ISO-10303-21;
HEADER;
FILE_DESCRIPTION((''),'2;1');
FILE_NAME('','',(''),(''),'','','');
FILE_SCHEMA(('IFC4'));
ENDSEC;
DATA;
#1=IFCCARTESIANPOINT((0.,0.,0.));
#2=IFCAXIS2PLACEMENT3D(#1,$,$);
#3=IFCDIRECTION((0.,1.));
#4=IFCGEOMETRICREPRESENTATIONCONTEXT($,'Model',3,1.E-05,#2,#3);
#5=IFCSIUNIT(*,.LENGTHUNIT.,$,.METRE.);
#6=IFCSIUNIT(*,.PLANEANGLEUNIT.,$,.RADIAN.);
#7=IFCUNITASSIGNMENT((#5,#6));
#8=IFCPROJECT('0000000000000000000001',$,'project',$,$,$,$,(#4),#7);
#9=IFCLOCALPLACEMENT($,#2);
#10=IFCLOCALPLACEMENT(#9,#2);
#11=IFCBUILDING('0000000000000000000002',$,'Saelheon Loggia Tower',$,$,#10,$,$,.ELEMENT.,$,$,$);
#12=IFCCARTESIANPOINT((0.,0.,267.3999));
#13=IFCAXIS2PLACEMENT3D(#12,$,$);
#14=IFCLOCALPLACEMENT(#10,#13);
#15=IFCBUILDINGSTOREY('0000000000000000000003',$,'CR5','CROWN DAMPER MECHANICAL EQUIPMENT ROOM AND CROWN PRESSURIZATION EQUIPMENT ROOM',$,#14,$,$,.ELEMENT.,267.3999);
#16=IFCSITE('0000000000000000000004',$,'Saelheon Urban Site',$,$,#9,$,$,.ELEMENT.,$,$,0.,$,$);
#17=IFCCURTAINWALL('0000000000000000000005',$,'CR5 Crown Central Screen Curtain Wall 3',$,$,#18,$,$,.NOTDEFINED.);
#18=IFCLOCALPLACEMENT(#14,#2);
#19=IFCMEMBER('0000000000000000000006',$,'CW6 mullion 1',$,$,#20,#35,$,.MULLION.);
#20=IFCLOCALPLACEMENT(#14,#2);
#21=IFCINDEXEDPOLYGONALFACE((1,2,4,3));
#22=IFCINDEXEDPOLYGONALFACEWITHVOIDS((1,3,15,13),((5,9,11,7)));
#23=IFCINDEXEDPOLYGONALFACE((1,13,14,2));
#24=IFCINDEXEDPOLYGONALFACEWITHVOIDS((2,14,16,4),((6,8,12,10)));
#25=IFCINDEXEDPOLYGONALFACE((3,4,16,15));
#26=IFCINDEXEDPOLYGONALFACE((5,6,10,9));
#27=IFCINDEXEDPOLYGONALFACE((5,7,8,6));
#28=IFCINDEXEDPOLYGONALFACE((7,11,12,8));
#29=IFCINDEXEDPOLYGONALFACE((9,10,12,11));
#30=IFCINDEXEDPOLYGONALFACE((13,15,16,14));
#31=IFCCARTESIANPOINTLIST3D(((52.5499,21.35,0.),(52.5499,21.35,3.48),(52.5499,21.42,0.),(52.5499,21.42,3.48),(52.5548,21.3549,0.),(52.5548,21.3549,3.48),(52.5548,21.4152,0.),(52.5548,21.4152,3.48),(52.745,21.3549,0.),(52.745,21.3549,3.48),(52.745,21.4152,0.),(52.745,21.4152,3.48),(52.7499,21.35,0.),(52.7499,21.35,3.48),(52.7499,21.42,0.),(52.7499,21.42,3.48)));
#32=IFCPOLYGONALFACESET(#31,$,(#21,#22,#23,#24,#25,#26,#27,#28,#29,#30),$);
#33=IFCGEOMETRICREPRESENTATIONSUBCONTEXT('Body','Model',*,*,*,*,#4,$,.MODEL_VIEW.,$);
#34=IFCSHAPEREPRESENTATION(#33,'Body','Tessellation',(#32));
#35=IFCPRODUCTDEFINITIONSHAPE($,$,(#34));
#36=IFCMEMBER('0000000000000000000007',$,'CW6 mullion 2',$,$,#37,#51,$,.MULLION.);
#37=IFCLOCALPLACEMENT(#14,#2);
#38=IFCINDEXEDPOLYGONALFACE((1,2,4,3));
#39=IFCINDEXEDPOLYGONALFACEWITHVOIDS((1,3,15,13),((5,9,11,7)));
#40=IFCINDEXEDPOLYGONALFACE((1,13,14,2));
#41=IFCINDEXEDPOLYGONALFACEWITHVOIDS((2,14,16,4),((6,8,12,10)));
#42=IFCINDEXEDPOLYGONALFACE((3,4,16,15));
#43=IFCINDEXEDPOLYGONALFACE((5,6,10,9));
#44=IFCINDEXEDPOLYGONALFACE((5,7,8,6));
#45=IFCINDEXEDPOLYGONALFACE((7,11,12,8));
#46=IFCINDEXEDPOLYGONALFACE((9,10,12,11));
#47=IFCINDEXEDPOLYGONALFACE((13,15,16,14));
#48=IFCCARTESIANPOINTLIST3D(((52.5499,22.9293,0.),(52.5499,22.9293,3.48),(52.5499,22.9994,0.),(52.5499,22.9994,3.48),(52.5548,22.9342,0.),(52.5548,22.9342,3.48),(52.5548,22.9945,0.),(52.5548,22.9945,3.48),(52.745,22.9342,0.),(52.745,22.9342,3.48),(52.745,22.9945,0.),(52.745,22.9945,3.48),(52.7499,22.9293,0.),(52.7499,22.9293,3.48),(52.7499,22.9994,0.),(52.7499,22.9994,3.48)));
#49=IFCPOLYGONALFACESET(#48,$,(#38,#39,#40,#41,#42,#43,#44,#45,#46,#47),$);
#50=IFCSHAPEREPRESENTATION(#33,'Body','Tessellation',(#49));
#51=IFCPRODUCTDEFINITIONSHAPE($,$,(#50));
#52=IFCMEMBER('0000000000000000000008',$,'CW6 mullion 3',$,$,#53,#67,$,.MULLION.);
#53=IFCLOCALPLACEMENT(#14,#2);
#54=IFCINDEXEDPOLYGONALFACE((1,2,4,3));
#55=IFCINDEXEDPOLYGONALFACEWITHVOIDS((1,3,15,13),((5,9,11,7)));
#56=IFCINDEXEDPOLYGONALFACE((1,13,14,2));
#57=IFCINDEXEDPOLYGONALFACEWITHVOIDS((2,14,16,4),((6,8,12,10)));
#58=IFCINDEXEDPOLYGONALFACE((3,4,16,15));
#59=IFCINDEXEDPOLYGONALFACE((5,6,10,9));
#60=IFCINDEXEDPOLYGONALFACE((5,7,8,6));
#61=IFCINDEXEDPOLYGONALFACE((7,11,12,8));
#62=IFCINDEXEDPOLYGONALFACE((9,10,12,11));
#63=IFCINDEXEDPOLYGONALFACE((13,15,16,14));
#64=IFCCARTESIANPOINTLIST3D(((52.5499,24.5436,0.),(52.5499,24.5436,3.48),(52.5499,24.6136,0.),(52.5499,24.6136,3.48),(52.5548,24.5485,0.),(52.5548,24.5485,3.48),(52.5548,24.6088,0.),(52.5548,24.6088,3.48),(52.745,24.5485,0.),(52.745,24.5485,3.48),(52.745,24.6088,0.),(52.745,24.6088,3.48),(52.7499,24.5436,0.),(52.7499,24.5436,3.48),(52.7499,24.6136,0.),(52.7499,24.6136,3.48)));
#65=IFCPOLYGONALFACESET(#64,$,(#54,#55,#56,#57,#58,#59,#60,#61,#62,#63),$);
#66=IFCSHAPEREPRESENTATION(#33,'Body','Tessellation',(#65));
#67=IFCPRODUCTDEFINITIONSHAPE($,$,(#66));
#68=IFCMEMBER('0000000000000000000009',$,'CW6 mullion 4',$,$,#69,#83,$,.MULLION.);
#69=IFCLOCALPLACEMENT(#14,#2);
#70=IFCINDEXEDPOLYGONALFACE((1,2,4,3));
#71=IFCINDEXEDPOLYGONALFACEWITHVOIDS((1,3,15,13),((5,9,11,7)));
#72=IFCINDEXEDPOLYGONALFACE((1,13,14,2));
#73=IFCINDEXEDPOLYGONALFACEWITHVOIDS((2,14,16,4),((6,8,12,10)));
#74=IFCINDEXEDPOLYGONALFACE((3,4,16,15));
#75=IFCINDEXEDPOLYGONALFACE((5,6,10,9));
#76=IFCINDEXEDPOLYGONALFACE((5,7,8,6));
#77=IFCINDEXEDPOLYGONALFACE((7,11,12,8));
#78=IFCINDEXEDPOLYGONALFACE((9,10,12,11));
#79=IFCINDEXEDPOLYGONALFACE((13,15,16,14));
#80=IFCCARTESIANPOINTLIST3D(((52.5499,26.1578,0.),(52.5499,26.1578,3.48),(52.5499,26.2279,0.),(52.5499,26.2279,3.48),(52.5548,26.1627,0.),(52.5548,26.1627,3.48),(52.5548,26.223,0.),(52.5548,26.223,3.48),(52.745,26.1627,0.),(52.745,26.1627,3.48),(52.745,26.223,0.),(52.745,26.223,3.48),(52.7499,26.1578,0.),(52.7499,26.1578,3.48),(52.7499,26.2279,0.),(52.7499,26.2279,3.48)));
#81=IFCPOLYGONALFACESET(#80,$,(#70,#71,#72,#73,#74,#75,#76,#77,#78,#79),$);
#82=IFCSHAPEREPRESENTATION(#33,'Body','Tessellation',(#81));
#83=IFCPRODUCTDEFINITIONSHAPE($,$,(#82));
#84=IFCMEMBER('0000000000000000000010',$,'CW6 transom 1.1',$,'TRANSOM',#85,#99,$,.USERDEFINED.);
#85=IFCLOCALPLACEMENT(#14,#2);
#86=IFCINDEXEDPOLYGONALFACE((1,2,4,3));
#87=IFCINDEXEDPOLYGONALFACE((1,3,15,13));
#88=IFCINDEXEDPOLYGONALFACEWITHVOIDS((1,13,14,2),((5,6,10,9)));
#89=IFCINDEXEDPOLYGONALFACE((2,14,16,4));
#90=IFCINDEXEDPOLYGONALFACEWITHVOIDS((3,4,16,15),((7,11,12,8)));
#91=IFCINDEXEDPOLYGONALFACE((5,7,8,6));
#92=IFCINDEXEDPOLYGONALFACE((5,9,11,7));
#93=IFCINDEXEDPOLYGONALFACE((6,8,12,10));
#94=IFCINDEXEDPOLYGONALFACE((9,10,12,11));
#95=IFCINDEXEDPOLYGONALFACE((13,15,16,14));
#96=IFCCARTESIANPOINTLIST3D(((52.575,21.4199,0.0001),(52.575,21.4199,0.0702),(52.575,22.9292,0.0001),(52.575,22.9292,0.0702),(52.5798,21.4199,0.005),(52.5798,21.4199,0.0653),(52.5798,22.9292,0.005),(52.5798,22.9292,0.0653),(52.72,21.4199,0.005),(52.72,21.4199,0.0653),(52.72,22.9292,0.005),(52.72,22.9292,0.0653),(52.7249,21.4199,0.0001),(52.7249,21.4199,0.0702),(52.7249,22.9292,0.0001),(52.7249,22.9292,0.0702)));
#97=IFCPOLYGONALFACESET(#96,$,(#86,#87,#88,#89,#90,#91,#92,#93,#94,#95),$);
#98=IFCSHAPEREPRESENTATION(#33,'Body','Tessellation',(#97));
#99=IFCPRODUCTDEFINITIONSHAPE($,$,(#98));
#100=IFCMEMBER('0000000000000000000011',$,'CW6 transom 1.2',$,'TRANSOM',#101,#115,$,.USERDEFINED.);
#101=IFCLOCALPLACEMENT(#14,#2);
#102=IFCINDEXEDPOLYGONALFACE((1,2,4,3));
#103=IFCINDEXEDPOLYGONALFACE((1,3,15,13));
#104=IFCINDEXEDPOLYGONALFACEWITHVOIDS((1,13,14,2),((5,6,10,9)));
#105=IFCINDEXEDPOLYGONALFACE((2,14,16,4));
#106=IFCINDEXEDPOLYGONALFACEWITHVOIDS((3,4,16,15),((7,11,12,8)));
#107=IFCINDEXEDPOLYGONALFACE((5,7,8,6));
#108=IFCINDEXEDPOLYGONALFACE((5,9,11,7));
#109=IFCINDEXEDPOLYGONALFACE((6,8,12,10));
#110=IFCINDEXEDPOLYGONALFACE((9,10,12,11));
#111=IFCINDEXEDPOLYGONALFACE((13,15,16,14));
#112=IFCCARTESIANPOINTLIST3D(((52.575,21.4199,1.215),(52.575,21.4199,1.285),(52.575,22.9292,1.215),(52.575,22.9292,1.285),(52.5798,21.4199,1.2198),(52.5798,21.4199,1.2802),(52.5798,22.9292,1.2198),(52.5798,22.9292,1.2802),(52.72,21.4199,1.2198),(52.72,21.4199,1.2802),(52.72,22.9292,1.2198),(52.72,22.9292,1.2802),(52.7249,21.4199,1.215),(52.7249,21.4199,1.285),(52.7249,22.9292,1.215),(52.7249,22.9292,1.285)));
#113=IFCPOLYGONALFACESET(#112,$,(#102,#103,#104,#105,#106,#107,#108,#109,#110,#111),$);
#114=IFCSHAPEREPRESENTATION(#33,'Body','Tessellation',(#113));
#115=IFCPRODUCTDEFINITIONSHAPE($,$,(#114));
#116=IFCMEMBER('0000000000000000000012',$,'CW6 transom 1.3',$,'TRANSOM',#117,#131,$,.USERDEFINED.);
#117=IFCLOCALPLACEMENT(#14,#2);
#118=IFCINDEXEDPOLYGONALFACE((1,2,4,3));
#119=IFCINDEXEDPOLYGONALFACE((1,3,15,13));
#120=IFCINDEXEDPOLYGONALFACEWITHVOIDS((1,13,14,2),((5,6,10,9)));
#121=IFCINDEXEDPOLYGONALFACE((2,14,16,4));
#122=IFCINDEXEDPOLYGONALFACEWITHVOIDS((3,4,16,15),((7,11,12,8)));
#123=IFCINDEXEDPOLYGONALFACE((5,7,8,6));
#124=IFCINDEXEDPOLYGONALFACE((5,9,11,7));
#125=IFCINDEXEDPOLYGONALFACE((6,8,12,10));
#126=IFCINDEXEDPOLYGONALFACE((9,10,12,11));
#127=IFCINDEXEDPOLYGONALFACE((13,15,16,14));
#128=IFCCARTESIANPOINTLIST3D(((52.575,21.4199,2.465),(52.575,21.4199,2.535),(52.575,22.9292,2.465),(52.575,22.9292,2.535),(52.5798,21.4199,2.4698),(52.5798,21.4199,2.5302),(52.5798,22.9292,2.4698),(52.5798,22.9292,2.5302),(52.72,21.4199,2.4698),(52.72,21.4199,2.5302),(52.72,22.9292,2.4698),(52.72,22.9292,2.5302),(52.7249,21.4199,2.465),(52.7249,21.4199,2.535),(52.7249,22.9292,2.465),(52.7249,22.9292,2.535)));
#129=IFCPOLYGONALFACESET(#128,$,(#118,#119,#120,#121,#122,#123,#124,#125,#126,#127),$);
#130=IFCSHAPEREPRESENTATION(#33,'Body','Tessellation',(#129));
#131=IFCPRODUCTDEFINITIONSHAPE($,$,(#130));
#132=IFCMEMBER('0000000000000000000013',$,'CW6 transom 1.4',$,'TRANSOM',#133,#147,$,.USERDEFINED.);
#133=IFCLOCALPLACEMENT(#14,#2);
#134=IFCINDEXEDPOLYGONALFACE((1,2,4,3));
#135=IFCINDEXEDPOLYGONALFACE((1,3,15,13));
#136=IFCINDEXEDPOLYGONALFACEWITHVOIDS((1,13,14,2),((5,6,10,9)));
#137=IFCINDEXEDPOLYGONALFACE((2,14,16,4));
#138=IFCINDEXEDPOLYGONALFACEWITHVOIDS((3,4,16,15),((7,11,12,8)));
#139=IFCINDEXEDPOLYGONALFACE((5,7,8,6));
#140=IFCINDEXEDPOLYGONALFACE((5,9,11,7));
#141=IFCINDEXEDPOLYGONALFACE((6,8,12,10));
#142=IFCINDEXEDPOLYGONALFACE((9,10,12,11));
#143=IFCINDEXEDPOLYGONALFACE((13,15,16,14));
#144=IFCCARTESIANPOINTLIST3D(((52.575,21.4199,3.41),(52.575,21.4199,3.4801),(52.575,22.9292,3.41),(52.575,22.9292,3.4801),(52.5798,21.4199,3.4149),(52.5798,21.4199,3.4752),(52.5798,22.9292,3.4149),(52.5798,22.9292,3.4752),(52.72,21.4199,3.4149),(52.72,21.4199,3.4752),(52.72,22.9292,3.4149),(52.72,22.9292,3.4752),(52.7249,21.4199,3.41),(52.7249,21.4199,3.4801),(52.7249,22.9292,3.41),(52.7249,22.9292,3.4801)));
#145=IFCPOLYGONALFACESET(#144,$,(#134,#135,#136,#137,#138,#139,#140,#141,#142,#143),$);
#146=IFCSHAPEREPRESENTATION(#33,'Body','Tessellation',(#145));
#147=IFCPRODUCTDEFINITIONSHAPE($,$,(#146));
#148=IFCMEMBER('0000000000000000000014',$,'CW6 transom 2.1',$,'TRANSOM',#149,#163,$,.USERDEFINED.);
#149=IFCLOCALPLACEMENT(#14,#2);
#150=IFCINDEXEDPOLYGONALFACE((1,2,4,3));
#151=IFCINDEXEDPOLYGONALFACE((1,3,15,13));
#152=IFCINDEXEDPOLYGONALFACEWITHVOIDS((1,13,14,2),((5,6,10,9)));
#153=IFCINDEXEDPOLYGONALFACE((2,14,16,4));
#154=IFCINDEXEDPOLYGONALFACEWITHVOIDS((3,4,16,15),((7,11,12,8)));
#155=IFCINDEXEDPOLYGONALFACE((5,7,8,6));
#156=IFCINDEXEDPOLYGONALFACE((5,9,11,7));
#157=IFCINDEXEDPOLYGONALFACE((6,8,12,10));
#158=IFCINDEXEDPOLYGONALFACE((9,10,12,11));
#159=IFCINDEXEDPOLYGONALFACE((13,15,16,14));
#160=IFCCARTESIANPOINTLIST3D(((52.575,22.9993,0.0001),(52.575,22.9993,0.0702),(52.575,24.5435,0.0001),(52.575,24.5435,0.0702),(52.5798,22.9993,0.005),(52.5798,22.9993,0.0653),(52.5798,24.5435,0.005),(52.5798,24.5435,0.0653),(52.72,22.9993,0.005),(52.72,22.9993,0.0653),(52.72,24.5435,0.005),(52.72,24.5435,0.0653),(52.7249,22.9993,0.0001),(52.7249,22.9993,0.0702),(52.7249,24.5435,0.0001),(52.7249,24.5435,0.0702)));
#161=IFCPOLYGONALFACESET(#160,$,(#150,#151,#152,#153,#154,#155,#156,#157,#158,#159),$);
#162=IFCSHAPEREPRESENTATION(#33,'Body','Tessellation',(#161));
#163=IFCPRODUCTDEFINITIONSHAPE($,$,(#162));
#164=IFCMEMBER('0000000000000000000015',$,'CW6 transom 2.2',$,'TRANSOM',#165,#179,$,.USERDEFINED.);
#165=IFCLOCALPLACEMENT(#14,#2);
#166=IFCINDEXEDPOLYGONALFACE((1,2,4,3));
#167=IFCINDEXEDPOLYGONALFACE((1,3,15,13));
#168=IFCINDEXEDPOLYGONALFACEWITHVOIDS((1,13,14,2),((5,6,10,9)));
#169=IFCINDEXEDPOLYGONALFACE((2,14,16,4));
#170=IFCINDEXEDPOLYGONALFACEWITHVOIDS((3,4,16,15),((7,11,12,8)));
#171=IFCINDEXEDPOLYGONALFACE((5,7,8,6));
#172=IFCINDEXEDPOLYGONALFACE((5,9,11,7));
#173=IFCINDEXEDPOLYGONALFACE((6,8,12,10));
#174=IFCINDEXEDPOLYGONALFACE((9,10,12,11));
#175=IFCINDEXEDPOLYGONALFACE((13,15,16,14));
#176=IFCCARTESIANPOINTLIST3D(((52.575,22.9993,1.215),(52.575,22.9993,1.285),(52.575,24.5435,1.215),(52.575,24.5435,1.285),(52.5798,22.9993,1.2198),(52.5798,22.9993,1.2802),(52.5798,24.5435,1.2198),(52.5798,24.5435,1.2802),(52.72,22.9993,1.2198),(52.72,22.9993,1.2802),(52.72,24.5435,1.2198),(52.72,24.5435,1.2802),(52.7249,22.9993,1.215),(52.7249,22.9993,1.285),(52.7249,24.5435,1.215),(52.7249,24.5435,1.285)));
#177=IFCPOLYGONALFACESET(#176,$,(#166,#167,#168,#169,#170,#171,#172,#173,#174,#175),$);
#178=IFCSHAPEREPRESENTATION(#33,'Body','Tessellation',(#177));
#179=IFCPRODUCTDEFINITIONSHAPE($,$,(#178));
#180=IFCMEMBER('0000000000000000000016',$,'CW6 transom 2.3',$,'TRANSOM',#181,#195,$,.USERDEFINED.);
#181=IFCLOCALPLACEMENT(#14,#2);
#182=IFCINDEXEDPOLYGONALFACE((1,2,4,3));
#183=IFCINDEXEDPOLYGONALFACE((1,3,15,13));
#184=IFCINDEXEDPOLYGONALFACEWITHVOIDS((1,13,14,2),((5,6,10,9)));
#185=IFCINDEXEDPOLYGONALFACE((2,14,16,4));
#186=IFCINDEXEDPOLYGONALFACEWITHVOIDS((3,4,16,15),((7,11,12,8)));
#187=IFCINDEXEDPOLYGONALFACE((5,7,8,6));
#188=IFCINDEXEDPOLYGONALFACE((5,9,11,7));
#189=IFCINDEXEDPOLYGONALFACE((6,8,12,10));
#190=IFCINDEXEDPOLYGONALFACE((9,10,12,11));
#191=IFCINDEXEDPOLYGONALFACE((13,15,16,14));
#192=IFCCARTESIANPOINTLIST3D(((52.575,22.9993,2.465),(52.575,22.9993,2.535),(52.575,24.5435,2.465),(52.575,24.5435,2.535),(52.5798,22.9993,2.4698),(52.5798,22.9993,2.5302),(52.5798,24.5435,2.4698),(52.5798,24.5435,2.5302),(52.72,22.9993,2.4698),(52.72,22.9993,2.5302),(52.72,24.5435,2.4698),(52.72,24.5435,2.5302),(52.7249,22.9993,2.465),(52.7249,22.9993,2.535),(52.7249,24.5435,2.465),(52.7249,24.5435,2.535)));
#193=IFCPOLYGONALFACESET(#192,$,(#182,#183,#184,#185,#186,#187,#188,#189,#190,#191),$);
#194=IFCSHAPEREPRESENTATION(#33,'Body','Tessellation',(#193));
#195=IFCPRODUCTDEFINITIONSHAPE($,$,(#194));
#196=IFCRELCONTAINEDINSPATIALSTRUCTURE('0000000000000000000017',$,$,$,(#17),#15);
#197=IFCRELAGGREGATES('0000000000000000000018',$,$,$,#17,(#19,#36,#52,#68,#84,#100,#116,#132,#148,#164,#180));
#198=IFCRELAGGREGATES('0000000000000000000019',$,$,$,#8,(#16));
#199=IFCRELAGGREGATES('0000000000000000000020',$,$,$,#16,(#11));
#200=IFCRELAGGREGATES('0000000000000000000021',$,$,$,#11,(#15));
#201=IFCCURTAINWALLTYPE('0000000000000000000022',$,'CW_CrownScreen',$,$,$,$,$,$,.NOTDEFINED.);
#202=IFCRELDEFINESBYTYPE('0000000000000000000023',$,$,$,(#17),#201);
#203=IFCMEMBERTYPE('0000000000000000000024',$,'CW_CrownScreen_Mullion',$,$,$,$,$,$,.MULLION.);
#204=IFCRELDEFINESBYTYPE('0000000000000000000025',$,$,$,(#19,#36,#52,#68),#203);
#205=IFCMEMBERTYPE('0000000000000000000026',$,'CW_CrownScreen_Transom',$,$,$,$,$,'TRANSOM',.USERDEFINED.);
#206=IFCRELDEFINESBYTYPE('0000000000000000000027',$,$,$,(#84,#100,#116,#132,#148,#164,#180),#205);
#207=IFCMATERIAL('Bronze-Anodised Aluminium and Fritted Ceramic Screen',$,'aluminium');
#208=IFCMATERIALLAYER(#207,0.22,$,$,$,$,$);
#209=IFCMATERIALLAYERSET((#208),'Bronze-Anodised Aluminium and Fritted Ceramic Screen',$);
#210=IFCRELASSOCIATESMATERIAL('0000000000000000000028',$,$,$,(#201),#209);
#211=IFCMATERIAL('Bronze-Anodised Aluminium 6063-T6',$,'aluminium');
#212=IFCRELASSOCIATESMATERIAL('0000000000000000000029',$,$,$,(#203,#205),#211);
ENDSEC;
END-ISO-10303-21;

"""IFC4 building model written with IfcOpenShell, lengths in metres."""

from ifc_helpers import new_model, si_unit, direction, frame, origin, origin_2d, place, context, subcontext, project, spatial, hollow_rectangle, extrude, source, transform, mapped, material, layer, layer_set, material_profile, profile_set, type_object, element, aggregate, save


model = new_model("IFC4")

# Units and contexts
model_context = context("Model", 3, precision=1e-05, world=origin(), true_north=direction((0.0, 1.0)))
body_context = subcontext(model_context, "Body", "Model", "MODEL_VIEW")
ifc_project = project(units=[si_unit("LENGTHUNIT", "METRE"), si_unit("PLANEANGLEUNIT", "RADIAN")], contexts=[model_context])

# Site, building, storey
site_placement = place(None, origin())
site = spatial("IfcSite", under=ifc_project, at=site_placement, Name="Saelheon Urban Site", CompositionType="ELEMENT", RefElevation=0.0)
building_placement = place(site_placement, origin())
building = spatial("IfcBuilding", under=site, at=building_placement, Name="Saelheon Loggia Tower", CompositionType="ELEMENT")
storey_placement = place(building_placement, frame((0.0, 0.0, 267.3999)))
storey = spatial("IfcBuildingStorey", under=building, at=storey_placement, Name="CR5", Description="CROWN DAMPER MECHANICAL EQUIPMENT ROOM AND CROWN PRESSURIZATION EQUIPMENT ROOM", CompositionType="ELEMENT", Elevation=267.3999)

# Curtain wall, members
ifc_material_1 = material(Name="Bronze-Anodised Aluminium and Fritted Ceramic Screen", Category="aluminium")
ifc_layer_1 = layer(ifc_material_1, 0.22)
ifc_layer_set_1 = layer_set([ifc_layer_1], Name="Bronze-Anodised Aluminium and Fritted Ceramic Screen")
curtain_wall_type = type_object("IfcCurtainWallType", Name="CW_CrownScreen", PredefinedType="NOTDEFINED", material=ifc_layer_set_1)
curtain_wall_placement = place(storey_placement, origin())
curtain_wall = element("IfcCurtainWall", 1, at=curtain_wall_placement, inside=storey, type_object=curtain_wall_type, Name="CR5 Crown Central Screen Curtain Wall 3", PredefinedType="NOTDEFINED")
ifc_material_2 = material(Name="Bronze-Anodised Aluminium 6063-T6", Category="aluminium")
ifc_material_profile_1 = material_profile(ifc_material_2, hollow_rectangle(XDim=0.0701, YDim=0.2, WallThickness=0.0049, at=origin_2d()), Name="RHS-200x70x5")
ifc_profile_set_1 = profile_set([ifc_material_profile_1], Name="Bronze-Anodised Aluminium 6063-T6")
member_type_1 = type_object("IfcMemberType", Name="CW_CrownScreen_Mullion", PredefinedType="MULLION", material=ifc_profile_set_1)
shared_shape_1 = source(origin(), body_context, "Body", "SweptSolid", [
    extrude(hollow_rectangle(XDim=0.0701, YDim=0.2, WallThickness=0.0049, at=origin_2d()), origin(), (0.0, 0.0, 1.0), 3.48),
])
member_1_placement = place(storey_placement, frame((52.6499, 21.385, 0.0), z_axis=(0.0, 0.0, 1.0), x_axis=(0.0, 1.0, 0.0)))
member_1 = element("IfcMember", 2, at=member_1_placement, type_object=member_type_1, Name="CW6 mullion 1", PredefinedType="MULLION", context=body_context, shape_type="MappedRepresentation", body=[
    mapped(shared_shape_1, transform((0.0, 0.0, 0.0), scale=1.0)),
])
member_2_placement = place(storey_placement, frame((52.6499, 22.9644, 0.0), z_axis=(0.0, 0.0, 1.0), x_axis=(0.0, 1.0, 0.0)))
member_2 = element("IfcMember", 3, at=member_2_placement, type_object=member_type_1, Name="CW6 mullion 2", PredefinedType="MULLION", context=body_context, shape_type="MappedRepresentation", body=[
    mapped(shared_shape_1, transform((0.0, 0.0, 0.0), scale=1.0)),
])
member_3_placement = place(storey_placement, frame((52.6499, 24.5786, 0.0), z_axis=(0.0, 0.0, 1.0), x_axis=(0.0, 1.0, 0.0)))
member_3 = element("IfcMember", 4, at=member_3_placement, type_object=member_type_1, Name="CW6 mullion 3", PredefinedType="MULLION", context=body_context, shape_type="MappedRepresentation", body=[
    mapped(shared_shape_1, transform((0.0, 0.0, 0.0), scale=1.0)),
])
member_4_placement = place(storey_placement, frame((52.6499, 26.1929, 0.0), z_axis=(0.0, 0.0, 1.0), x_axis=(0.0, 1.0, 0.0)))
member_4 = element("IfcMember", 5, at=member_4_placement, type_object=member_type_1, Name="CW6 mullion 4", PredefinedType="MULLION", context=body_context, shape_type="MappedRepresentation", body=[
    mapped(shared_shape_1, transform((0.0, 0.0, 0.0), scale=1.0)),
])
ifc_material_profile_2 = material_profile(ifc_material_2, hollow_rectangle(XDim=0.0701, YDim=0.1499, WallThickness=0.0049, at=origin_2d()), Name="RHS-150x70x5")
ifc_profile_set_2 = profile_set([ifc_material_profile_2], Name="Bronze-Anodised Aluminium 6063-T6")
member_type_2 = type_object("IfcMemberType", Name="CW_CrownScreen_Transom", ElementType="TRANSOM", PredefinedType="USERDEFINED", material=ifc_profile_set_2)
shared_shape_2 = source(origin(), body_context, "Body", "SweptSolid", [
    extrude(hollow_rectangle(XDim=0.0701, YDim=0.1499, WallThickness=0.0049, at=origin_2d()), origin(), (0.0, 0.0, 1.0), 1.5093),
])
member_5_placement = place(storey_placement, frame((52.6499, 21.4199, 0.0352), z_axis=(0.0, 1.0, 0.0), x_axis=(0.0, 0.0, 1.0)))
member_5 = element("IfcMember", 6, at=member_5_placement, type_object=member_type_2, Name="CW6 transom 1.1", ObjectType="TRANSOM", PredefinedType="USERDEFINED", context=body_context, shape_type="MappedRepresentation", body=[
    mapped(shared_shape_2, transform((0.0, 0.0, 0.0), scale=1.0)),
])
member_6_placement = place(storey_placement, frame((52.6499, 21.4199, 1.25), z_axis=(0.0, 1.0, 0.0), x_axis=(0.0, 0.0, 1.0)))
member_6 = element("IfcMember", 7, at=member_6_placement, type_object=member_type_2, Name="CW6 transom 1.2", ObjectType="TRANSOM", PredefinedType="USERDEFINED", context=body_context, shape_type="MappedRepresentation", body=[
    mapped(shared_shape_2, transform((0.0, 0.0, 0.0), scale=1.0)),
])
member_7_placement = place(storey_placement, frame((52.6499, 21.4199, 2.5), z_axis=(0.0, 1.0, 0.0), x_axis=(0.0, 0.0, 1.0)))
member_7 = element("IfcMember", 8, at=member_7_placement, type_object=member_type_2, Name="CW6 transom 1.3", ObjectType="TRANSOM", PredefinedType="USERDEFINED", context=body_context, shape_type="MappedRepresentation", body=[
    mapped(shared_shape_2, transform((0.0, 0.0, 0.0), scale=1.0)),
])
member_8_placement = place(storey_placement, frame((52.6499, 21.4199, 3.4451), z_axis=(0.0, 1.0, 0.0), x_axis=(0.0, 0.0, 1.0)))
member_8 = element("IfcMember", 9, at=member_8_placement, type_object=member_type_2, Name="CW6 transom 1.4", ObjectType="TRANSOM", PredefinedType="USERDEFINED", context=body_context, shape_type="MappedRepresentation", body=[
    mapped(shared_shape_2, transform((0.0, 0.0, 0.0), scale=1.0)),
])
shared_shape_3 = source(origin(), body_context, "Body", "SweptSolid", [
    extrude(hollow_rectangle(XDim=0.0701, YDim=0.1499, WallThickness=0.0049, at=origin_2d()), origin(), (0.0, 0.0, 1.0), 1.5442),
])
member_9_placement = place(storey_placement, frame((52.6499, 22.9993, 0.0352), z_axis=(0.0, 1.0, 0.0), x_axis=(0.0, 0.0, 1.0)))
member_9 = element("IfcMember", 10, at=member_9_placement, type_object=member_type_2, Name="CW6 transom 2.1", ObjectType="TRANSOM", PredefinedType="USERDEFINED", context=body_context, shape_type="MappedRepresentation", body=[
    mapped(shared_shape_3, transform((0.0, 0.0, 0.0), scale=1.0)),
])
member_10_placement = place(storey_placement, frame((52.6499, 22.9993, 1.25), z_axis=(0.0, 1.0, 0.0), x_axis=(0.0, 0.0, 1.0)))
member_10 = element("IfcMember", 11, at=member_10_placement, type_object=member_type_2, Name="CW6 transom 2.2", ObjectType="TRANSOM", PredefinedType="USERDEFINED", context=body_context, shape_type="MappedRepresentation", body=[
    mapped(shared_shape_3, transform((0.0, 0.0, 0.0), scale=1.0)),
])
member_11_placement = place(storey_placement, frame((52.6499, 22.9993, 2.5), z_axis=(0.0, 1.0, 0.0), x_axis=(0.0, 0.0, 1.0)))
member_11 = element("IfcMember", 12, at=member_11_placement, type_object=member_type_2, Name="CW6 transom 2.3", ObjectType="TRANSOM", PredefinedType="USERDEFINED", context=body_context, shape_type="MappedRepresentation", body=[
    mapped(shared_shape_3, transform((0.0, 0.0, 0.0), scale=1.0)),
])
aggregate(curtain_wall, [member_1, member_2, member_3, member_4, member_5, member_6, member_7, member_8, member_9, member_10, member_11])

save(model, "model.ifc")
